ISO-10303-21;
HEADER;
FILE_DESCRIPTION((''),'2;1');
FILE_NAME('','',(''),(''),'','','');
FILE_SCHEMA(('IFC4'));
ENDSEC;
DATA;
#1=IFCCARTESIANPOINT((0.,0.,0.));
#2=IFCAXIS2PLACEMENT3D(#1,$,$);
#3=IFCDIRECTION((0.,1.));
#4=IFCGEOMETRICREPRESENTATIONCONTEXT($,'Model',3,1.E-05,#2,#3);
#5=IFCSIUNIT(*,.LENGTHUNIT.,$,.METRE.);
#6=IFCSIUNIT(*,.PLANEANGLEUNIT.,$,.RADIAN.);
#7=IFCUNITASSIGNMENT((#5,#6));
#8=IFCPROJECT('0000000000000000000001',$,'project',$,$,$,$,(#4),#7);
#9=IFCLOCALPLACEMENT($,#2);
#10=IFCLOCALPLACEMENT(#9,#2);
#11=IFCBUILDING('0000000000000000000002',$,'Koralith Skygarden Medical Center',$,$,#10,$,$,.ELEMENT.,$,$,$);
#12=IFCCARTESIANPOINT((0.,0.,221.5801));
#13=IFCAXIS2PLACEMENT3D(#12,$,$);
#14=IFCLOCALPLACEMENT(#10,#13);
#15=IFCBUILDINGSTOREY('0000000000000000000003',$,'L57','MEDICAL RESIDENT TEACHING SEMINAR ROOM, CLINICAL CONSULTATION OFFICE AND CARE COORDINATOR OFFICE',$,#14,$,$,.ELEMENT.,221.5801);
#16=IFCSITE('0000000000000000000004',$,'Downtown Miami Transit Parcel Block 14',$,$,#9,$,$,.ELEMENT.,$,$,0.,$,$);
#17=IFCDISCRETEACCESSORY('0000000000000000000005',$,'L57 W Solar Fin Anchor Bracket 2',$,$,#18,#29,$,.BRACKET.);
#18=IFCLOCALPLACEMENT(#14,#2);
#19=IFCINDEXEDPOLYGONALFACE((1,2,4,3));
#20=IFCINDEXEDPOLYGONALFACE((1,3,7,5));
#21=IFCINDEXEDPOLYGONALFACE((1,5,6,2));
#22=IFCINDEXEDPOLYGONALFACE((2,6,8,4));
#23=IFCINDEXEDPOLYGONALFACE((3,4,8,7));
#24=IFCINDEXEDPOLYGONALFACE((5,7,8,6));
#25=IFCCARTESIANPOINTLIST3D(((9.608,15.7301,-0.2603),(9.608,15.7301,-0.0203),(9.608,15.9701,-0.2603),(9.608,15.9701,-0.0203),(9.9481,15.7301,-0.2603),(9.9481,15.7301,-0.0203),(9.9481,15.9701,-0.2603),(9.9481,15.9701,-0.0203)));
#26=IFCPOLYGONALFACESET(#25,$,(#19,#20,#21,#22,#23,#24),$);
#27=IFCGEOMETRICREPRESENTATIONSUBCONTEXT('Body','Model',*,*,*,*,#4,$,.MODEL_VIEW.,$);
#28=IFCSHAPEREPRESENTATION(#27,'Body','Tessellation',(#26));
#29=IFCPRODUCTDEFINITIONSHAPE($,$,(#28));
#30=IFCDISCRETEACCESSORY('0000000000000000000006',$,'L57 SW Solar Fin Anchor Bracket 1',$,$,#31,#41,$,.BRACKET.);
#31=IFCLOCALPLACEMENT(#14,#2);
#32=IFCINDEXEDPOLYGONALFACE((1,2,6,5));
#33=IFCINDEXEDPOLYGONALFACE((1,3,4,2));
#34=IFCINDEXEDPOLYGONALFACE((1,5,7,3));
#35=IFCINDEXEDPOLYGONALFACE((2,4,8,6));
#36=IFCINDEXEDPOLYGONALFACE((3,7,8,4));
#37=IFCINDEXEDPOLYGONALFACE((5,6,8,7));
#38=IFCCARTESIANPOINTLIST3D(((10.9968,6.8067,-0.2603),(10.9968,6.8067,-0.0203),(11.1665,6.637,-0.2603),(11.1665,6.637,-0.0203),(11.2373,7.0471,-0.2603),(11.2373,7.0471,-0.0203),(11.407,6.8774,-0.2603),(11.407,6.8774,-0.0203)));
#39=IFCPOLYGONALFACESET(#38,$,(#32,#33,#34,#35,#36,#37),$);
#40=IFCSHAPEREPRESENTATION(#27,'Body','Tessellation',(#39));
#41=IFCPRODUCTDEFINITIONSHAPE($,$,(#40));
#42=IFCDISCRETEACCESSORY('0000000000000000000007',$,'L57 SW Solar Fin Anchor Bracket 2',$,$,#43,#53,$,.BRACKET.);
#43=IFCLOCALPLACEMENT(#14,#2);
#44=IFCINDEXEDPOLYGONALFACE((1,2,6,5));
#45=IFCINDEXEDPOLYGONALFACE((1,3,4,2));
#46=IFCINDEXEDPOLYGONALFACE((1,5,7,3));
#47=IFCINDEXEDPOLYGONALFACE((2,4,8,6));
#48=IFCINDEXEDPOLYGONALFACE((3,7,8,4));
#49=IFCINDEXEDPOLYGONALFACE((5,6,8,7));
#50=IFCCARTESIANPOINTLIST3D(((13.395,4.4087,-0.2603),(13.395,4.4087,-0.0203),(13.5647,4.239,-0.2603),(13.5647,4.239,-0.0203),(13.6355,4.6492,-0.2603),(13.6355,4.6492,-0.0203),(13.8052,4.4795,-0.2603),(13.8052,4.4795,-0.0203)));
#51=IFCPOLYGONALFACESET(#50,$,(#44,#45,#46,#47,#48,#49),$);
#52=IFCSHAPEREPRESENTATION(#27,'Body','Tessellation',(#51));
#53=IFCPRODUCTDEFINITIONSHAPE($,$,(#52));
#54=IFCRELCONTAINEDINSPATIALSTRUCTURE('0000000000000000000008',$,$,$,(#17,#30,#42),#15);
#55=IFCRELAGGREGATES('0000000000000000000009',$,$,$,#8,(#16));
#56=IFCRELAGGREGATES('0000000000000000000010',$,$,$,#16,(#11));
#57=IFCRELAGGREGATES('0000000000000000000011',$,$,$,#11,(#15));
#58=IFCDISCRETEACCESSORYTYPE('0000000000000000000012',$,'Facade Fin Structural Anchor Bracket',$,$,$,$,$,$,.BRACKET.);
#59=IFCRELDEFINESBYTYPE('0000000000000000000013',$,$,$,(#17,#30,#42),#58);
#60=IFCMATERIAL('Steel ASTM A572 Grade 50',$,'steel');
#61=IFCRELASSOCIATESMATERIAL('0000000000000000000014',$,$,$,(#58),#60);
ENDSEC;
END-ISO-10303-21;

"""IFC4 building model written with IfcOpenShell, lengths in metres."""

from ifc_helpers import new_model, si_unit, direction, frame, origin, origin_2d, place, context, subcontext, project, spatial, rectangle, extrude, material, type_object, element, save


model = new_model("IFC4")

# Units and contexts
model_context = context("Model", 3, precision=1e-05, world=origin(), true_north=direction((0.0, 1.0)))
body_context = subcontext(model_context, "Body", "Model", "MODEL_VIEW")
ifc_project = project(units=[si_unit("LENGTHUNIT", "METRE"), si_unit("PLANEANGLEUNIT", "RADIAN")], contexts=[model_context])

# Site, building, storey
site_placement = place(None, origin())
site = spatial("IfcSite", under=ifc_project, at=site_placement, Name="Downtown Miami Transit Parcel Block 14", CompositionType="ELEMENT", RefElevation=0.0)
building_placement = place(site_placement, origin())
building = spatial("IfcBuilding", under=site, at=building_placement, Name="Koralith Skygarden Medical Center", CompositionType="ELEMENT")
storey_placement = place(building_placement, frame((0.0, 0.0, 221.5801)))
storey = spatial("IfcBuildingStorey", under=building, at=storey_placement, Name="L57", Description="MEDICAL RESIDENT TEACHING SEMINAR ROOM, CLINICAL CONSULTATION OFFICE AND CARE COORDINATOR OFFICE", CompositionType="ELEMENT", Elevation=221.5801)

# Discrete accessories
ifc_material_1 = material(Name="Steel ASTM A572 Grade 50", Category="steel")
discrete_accessory_type = type_object("IfcDiscreteAccessoryType", Name="Facade Fin Structural Anchor Bracket", PredefinedType="BRACKET", material=ifc_material_1)
for number, where, z_axis, x_axis, name in (
    (1, (9.7781, 15.8501, -0.2603), (0.0, 0.0, 1.0), (-1.0, 0.0, 0.0), "L57 W Solar Fin Anchor Bracket 2"),
    (2, (11.2019, 6.842, -0.2603), (0.0, 0.0, 1.0), (-0.707107, -0.707107, 0.0), "L57 SW Solar Fin Anchor Bracket 1"),
    (3, (13.6001, 4.4441, -0.2603), (0.0, 0.0, 1.0), (-0.707107, -0.707107, 0.0), "L57 SW Solar Fin Anchor Bracket 2"),
):
    element("IfcDiscreteAccessory", number, at=place(storey_placement, frame(where, z_axis=z_axis, x_axis=x_axis)), inside=storey, type_object=discrete_accessory_type, Name=name, PredefinedType="BRACKET", context=body_context, shape_type="SweptSolid", body=[
        extrude(rectangle(XDim=0.3401, YDim=0.24, at=origin_2d()), origin(), (0.0, 0.0, 1.0), 0.24),
    ])

save(model, "model.ifc")
